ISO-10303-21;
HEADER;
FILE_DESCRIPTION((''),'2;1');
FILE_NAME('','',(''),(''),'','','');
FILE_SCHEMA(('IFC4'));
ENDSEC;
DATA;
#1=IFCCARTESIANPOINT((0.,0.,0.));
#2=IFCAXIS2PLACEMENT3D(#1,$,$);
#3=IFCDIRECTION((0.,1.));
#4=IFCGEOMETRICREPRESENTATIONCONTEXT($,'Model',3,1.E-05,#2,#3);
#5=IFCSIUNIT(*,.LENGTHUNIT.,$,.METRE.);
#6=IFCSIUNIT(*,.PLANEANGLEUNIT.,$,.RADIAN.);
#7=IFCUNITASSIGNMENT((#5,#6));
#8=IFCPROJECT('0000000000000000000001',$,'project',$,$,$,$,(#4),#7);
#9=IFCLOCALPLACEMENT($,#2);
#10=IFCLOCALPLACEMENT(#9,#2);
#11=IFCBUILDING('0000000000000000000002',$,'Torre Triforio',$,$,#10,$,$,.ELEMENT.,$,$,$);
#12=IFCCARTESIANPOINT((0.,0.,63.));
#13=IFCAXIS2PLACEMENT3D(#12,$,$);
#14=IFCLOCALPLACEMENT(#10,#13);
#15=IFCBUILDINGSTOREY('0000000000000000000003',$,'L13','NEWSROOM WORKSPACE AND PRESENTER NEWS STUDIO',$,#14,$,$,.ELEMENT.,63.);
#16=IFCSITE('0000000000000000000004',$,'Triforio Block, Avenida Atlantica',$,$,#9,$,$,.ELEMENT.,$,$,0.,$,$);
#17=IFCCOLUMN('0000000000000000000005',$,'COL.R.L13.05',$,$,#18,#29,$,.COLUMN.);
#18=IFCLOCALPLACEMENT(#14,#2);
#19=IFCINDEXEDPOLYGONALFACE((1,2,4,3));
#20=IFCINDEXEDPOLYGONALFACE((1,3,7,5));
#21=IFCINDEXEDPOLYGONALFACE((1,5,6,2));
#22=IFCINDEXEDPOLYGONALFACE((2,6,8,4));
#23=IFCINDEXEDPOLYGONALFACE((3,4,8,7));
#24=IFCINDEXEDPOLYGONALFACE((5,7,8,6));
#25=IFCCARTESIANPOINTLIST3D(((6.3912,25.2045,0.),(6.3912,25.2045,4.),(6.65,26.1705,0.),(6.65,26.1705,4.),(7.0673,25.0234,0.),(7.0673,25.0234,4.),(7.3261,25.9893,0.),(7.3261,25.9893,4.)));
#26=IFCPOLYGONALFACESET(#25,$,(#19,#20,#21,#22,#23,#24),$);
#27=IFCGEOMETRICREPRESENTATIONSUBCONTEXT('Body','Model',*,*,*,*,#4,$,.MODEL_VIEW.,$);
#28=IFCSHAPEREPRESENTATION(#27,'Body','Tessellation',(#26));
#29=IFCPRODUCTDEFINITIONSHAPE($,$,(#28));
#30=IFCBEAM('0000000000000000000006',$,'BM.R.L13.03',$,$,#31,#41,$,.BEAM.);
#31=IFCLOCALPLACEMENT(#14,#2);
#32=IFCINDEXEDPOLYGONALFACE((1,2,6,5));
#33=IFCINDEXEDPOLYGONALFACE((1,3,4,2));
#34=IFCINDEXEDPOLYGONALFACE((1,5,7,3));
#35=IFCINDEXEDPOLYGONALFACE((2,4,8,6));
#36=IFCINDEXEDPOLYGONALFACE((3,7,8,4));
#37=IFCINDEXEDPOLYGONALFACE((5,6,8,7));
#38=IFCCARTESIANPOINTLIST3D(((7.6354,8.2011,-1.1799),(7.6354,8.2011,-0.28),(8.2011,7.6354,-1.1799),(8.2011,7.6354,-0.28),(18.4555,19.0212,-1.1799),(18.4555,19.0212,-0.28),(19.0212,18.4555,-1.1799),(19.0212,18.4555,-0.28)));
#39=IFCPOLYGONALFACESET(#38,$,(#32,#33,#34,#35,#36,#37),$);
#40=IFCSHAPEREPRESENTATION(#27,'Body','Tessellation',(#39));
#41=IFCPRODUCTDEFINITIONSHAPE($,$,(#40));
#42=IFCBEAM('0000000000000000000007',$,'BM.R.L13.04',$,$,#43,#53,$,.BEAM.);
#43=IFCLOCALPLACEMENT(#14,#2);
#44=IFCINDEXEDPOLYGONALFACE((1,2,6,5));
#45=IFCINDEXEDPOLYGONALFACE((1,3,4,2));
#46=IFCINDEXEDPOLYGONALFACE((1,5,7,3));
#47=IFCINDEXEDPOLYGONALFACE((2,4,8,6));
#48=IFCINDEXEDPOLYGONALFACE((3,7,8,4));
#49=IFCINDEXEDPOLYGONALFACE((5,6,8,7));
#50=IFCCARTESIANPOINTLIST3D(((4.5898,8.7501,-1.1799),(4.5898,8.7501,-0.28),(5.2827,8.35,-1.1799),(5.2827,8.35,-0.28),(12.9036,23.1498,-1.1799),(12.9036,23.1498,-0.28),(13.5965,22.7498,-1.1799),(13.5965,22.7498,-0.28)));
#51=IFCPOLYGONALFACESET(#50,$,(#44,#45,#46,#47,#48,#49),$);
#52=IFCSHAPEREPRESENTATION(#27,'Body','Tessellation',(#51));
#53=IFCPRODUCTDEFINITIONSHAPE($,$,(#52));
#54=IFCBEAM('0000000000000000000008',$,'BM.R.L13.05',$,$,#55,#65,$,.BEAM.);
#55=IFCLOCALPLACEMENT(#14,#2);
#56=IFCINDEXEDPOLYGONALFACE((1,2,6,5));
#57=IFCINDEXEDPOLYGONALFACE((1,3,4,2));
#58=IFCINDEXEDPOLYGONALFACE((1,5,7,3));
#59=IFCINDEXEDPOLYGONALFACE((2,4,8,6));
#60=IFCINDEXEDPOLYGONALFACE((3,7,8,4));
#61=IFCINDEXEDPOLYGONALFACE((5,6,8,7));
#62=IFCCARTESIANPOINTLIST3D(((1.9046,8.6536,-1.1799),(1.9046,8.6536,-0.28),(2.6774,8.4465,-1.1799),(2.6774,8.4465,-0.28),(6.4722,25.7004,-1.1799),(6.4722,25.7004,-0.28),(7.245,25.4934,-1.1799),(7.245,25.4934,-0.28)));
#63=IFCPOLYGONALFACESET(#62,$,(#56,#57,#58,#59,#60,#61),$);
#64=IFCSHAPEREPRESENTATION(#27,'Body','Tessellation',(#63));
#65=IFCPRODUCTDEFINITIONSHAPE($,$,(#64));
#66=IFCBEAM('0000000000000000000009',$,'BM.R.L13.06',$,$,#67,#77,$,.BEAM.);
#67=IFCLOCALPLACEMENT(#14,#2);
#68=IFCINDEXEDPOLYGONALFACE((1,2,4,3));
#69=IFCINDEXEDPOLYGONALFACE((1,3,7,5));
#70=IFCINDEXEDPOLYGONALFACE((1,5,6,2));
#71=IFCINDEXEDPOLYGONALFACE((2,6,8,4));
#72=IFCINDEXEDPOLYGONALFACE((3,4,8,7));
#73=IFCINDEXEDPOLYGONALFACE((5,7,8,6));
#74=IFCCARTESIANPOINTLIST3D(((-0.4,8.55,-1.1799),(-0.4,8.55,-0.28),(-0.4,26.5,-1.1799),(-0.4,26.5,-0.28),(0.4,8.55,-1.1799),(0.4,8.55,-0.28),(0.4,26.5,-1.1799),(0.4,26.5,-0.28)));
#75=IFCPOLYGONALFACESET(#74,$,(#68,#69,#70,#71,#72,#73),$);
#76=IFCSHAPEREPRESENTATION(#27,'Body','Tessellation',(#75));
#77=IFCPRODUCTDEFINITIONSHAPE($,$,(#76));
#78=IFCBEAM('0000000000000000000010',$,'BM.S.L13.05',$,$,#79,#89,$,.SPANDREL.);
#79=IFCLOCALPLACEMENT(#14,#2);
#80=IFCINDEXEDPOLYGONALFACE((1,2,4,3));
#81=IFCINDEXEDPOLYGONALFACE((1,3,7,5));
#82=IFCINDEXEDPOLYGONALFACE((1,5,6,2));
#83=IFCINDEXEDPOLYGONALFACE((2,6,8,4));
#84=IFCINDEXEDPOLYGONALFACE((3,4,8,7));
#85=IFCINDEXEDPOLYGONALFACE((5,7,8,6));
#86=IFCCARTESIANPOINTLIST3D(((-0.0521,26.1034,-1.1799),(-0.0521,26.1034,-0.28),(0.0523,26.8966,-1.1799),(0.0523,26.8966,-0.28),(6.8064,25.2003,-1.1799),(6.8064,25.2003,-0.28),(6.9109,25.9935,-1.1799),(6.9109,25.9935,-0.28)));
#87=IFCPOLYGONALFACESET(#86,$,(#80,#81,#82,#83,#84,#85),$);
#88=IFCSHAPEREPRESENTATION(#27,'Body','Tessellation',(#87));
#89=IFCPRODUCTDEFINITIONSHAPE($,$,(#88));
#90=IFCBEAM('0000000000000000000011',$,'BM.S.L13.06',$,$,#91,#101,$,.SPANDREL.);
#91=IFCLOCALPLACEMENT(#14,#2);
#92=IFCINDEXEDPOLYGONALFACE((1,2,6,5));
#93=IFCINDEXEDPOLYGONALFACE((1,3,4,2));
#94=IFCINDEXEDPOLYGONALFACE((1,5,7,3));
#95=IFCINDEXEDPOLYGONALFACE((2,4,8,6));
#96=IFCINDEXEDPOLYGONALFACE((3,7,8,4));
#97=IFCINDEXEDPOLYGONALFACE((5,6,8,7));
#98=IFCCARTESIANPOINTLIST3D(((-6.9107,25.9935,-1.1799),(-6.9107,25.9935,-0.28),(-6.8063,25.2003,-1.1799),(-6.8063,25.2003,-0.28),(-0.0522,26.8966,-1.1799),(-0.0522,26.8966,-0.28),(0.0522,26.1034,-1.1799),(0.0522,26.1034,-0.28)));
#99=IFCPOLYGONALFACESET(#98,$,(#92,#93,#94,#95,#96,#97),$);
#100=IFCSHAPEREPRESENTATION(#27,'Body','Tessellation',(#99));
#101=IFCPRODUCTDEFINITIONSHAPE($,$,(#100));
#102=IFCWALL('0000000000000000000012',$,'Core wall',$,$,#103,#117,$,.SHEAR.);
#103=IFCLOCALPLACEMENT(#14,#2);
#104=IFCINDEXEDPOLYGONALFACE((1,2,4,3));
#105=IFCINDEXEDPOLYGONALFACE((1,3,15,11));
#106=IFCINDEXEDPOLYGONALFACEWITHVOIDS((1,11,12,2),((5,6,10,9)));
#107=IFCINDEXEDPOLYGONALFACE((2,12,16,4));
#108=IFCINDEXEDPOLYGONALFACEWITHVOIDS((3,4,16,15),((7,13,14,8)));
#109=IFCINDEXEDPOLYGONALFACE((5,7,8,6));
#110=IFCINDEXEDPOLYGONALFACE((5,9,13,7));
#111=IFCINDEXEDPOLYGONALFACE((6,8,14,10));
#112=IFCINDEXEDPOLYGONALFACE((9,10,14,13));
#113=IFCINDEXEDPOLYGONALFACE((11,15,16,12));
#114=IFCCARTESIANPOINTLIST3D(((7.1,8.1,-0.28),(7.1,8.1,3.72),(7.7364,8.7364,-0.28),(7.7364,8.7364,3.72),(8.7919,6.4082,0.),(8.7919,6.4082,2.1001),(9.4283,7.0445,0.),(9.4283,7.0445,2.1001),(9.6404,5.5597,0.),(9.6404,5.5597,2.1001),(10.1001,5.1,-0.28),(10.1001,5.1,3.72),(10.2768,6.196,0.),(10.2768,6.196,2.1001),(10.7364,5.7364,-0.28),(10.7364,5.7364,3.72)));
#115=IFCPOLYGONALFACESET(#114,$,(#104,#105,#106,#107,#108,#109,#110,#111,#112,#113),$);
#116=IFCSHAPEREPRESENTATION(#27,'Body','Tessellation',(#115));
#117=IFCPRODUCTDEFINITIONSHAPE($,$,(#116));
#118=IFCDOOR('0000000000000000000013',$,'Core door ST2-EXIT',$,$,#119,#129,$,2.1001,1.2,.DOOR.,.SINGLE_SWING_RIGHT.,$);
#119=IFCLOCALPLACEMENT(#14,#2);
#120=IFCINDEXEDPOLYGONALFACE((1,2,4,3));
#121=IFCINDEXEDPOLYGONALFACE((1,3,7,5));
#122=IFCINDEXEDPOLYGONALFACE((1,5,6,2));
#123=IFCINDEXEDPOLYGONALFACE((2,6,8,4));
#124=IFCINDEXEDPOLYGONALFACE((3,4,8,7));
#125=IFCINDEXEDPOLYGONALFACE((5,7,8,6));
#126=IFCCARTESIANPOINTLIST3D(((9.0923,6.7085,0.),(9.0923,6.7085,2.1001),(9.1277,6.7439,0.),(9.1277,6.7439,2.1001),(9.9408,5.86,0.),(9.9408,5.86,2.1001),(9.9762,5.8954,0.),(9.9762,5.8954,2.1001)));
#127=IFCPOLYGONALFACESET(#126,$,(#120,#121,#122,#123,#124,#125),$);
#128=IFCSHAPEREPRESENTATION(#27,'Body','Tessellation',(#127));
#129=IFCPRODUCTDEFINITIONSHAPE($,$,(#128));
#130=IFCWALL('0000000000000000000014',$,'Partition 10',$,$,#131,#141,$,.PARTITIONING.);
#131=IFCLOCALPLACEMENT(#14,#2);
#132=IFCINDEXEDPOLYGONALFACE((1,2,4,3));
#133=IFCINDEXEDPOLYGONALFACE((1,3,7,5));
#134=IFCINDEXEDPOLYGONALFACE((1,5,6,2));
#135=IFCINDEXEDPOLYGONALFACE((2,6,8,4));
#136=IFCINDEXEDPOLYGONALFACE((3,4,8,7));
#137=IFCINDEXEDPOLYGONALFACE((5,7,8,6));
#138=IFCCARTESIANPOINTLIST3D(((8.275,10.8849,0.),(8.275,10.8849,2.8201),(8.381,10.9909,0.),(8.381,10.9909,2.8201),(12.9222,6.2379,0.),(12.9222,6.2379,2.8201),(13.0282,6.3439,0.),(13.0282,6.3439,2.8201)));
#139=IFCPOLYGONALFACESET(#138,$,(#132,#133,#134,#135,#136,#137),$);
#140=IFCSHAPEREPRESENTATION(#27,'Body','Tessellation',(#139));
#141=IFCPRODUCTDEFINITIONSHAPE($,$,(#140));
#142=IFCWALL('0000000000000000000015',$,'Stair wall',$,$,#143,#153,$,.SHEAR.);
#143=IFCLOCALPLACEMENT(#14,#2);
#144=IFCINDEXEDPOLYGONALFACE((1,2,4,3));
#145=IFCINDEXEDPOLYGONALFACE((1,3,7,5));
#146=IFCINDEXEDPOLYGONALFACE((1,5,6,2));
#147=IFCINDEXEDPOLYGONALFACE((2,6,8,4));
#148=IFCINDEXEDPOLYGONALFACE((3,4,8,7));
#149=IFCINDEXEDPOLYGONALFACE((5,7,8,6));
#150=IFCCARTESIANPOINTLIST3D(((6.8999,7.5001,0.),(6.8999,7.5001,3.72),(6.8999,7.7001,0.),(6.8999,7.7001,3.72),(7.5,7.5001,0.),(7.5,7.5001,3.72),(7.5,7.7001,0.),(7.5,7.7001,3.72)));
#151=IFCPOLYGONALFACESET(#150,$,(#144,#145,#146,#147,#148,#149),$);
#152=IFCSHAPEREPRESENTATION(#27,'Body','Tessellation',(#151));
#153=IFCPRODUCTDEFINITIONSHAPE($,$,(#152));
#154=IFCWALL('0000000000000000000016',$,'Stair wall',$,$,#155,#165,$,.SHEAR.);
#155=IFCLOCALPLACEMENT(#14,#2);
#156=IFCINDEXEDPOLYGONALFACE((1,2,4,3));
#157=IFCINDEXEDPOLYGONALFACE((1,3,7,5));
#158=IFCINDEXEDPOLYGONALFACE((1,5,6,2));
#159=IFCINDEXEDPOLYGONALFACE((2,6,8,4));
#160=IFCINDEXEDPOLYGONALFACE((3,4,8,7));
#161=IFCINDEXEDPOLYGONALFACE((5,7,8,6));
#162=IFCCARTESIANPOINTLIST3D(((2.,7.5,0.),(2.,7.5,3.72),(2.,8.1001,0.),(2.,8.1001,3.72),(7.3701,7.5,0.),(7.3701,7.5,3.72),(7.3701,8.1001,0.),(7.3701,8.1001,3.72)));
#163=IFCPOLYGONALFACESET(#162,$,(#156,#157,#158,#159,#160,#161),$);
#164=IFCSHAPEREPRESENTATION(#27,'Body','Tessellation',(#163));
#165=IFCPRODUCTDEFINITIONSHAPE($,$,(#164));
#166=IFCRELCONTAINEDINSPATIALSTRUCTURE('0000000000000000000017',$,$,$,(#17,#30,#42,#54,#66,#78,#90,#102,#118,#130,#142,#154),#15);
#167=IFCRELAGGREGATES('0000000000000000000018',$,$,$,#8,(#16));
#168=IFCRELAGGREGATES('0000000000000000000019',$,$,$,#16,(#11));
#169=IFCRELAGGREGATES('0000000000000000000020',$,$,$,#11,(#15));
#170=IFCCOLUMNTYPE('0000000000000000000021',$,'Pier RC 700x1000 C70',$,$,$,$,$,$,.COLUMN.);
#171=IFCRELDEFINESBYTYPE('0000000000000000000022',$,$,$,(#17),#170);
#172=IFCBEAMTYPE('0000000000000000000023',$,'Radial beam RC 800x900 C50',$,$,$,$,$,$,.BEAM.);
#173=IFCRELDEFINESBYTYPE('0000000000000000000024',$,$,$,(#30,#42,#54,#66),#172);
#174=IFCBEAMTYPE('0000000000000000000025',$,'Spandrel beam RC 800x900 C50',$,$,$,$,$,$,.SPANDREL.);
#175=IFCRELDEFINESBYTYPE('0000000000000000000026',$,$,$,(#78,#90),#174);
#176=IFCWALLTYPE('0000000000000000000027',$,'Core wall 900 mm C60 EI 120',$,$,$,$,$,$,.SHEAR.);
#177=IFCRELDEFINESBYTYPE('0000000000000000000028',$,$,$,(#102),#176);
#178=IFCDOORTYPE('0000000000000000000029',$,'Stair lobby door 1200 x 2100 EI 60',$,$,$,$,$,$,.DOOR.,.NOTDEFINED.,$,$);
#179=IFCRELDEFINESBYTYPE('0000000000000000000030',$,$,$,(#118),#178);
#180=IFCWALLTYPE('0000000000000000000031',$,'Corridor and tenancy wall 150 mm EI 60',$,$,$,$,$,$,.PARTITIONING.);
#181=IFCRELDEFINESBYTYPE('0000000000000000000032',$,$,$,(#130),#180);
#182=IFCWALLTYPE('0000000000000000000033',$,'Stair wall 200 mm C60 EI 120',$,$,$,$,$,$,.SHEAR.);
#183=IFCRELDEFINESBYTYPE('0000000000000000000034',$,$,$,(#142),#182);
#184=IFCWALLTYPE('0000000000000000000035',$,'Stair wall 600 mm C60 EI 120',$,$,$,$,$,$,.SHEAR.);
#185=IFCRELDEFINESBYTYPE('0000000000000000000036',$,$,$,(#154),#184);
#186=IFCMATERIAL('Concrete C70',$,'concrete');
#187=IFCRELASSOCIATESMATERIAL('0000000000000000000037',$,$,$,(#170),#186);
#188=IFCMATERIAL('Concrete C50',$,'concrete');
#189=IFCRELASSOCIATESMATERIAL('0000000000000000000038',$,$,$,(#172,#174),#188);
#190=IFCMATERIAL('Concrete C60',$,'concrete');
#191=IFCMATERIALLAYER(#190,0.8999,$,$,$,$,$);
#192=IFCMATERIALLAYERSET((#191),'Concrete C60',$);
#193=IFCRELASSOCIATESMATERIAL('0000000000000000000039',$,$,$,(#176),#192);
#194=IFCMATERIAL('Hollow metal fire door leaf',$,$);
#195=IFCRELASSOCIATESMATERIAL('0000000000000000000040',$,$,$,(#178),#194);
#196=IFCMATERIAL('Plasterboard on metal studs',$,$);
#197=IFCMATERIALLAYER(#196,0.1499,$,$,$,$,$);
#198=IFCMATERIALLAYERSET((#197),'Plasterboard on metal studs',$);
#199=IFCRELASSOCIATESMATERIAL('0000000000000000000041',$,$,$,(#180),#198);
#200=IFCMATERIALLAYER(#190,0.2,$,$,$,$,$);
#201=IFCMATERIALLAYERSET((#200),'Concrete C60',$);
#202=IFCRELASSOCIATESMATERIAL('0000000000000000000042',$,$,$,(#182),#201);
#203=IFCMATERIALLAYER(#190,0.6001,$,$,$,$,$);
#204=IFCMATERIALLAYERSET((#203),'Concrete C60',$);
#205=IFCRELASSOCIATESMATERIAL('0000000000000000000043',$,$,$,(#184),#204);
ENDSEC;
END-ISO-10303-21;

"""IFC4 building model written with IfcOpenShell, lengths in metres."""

from ifc_helpers import new_model, si_unit, direction, frame, frame_2d, origin, origin_2d, place, context, subcontext, project, spatial, rectangle, extrude, material, layer, layer_set, material_profile, profile_set, type_object, element, fill, save


model = new_model("IFC4")

# Units and contexts
model_context = context("Model", 3, precision=1e-05, world=origin(), true_north=direction((0.0, 1.0)))
body_context = subcontext(model_context, "Body", "Model", "MODEL_VIEW")
ifc_project = project(units=[si_unit("LENGTHUNIT", "METRE"), si_unit("PLANEANGLEUNIT", "RADIAN")], contexts=[model_context])

# Site, building, storey
site_placement = place(None, origin())
site = spatial("IfcSite", under=ifc_project, at=site_placement, Name="Triforio Block, Avenida Atlantica", CompositionType="ELEMENT", RefElevation=0.0)
building_placement = place(site_placement, origin())
building = spatial("IfcBuilding", under=site, at=building_placement, Name="Torre Triforio", CompositionType="ELEMENT")
storey_placement = place(building_placement, frame((0.0, 0.0, 63.0)))
storey = spatial("IfcBuildingStorey", under=building, at=storey_placement, Name="L13", Description="NEWSROOM WORKSPACE AND PRESENTER NEWS STUDIO", CompositionType="ELEMENT", Elevation=63.0)

# Column
ifc_material_1 = material(Name="Concrete C70", Category="concrete")
ifc_material_profile_1 = material_profile(ifc_material_1, rectangle(XDim=0.7, YDim=1.0, at=origin_2d()), Name="RC 700x1000")
ifc_profile_set_1 = profile_set([ifc_material_profile_1], Name="Concrete C70")
column_type = type_object("IfcColumnType", Name="Pier RC 700x1000 C70", PredefinedType="COLUMN", material=ifc_profile_set_1)
column_placement = place(storey_placement, frame((6.8586, 25.5969, 0.0), z_axis=(0.0, 0.0, 1.0), x_axis=(-0.965926, 0.258819, 0.0)))
element("IfcColumn", 1, at=column_placement, inside=storey, type_object=column_type, Name="COL.R.L13.05", PredefinedType="COLUMN", context=body_context, shape_type="SweptSolid", body=[
    extrude(rectangle(XDim=0.7, YDim=1.0, at=origin_2d()), origin(), (0.0, 0.0, 1.0), 4.0),
])

# Beams
ifc_material_2 = material(Name="Concrete C50", Category="concrete")
ifc_material_profile_2 = material_profile(ifc_material_2, rectangle(XDim=0.8, YDim=0.8999, at=origin_2d()), Name="RC 800x900")
ifc_profile_set_2 = profile_set([ifc_material_profile_2], Name="Concrete C50")
beam_type_1 = type_object("IfcBeamType", Name="Radial beam RC 800x900 C50", PredefinedType="BEAM", material=ifc_profile_set_2)
beam_1_placement = place(storey_placement, frame((7.9182, 7.9182, -0.73), z_axis=(0.707107, 0.707107, 0.0), x_axis=(-0.707107, 0.707107, 0.0)))
element("IfcBeam", 2, at=beam_1_placement, inside=storey, type_object=beam_type_1, Name="BM.R.L13.03", PredefinedType="BEAM", context=body_context, shape_type="SweptSolid", body=[
    extrude(rectangle(XDim=0.8, YDim=0.8999, at=origin_2d()), origin(), (0.0, 0.0, 1.0), 15.302),
])
beam_2_placement = place(storey_placement, frame((4.9363, 8.55, -0.73), z_axis=(0.500003, 0.866023, 0.0), x_axis=(-0.866023, 0.500003, 0.0)))
element("IfcBeam", 3, at=beam_2_placement, inside=storey, type_object=beam_type_1, Name="BM.R.L13.04", PredefinedType="BEAM", context=body_context, shape_type="SweptSolid", body=[
    extrude(rectangle(XDim=0.8, YDim=0.8999, at=origin_2d()), origin(), (0.0, 0.0, 1.0), 16.6274),
])
beam_3_placement = place(storey_placement, frame((2.291, 8.55, -0.73), z_axis=(0.258815, 0.965927, 0.0), x_axis=(-0.965927, 0.258815, 0.0)))
element("IfcBeam", 4, at=beam_3_placement, inside=storey, type_object=beam_type_1, Name="BM.R.L13.05", PredefinedType="BEAM", context=body_context, shape_type="SweptSolid", body=[
    extrude(rectangle(XDim=0.8, YDim=0.8999, at=origin_2d()), origin(), (0.0, 0.0, 1.0), 17.6482),
])
beam_4_placement = place(storey_placement, frame((0.0, 8.55, -0.73), z_axis=(0.0, 1.0, 0.0), x_axis=(-1.0, 0.0, 0.0)))
element("IfcBeam", 5, at=beam_4_placement, inside=storey, type_object=beam_type_1, Name="BM.R.L13.06", PredefinedType="BEAM", context=body_context, shape_type="SweptSolid", body=[
    extrude(rectangle(XDim=0.8, YDim=0.8999, at=origin_2d()), origin(), (0.0, 0.0, 1.0), 17.95),
])
ifc_material_profile_3 = material_profile(ifc_material_2, rectangle(XDim=0.8, YDim=0.8999, at=origin_2d()), Name="RC 800x900")
ifc_profile_set_3 = profile_set([ifc_material_profile_3], Name="Concrete C50")
beam_type_2 = type_object("IfcBeamType", Name="Spandrel beam RC 800x900 C50", PredefinedType="SPANDREL", material=ifc_profile_set_3)
for number, where, z_axis, x_axis, name in (
    (6, (6.8586, 25.5969, -0.73), (-0.991443, 0.130543, 0.0), (-0.130543, -0.991443, 0.0), "BM.S.L13.05"),
    (7, (0.0, 26.5, -0.73), (-0.991443, -0.130543, 0.0), (0.130543, -0.991443, 0.0), "BM.S.L13.06"),
):
    element("IfcBeam", number, at=place(storey_placement, frame(where, z_axis=z_axis, x_axis=x_axis)), inside=storey, type_object=beam_type_2, Name=name, PredefinedType="SPANDREL", context=body_context, shape_type="SweptSolid", body=[
        extrude(rectangle(XDim=0.8, YDim=0.8999, at=origin_2d()), origin(), (0.0, 0.0, 1.0), 6.9177),
    ])

# Wall, opening, door
ifc_material_3 = material(Name="Concrete C60", Category="concrete")
ifc_layer_1 = layer(ifc_material_3, 0.8999)
ifc_layer_set_1 = layer_set([ifc_layer_1], Name="Concrete C60")
wall_type_1 = type_object("IfcWallType", Name="Core wall 900 mm C60 EI 120", PredefinedType="SHEAR", material=ifc_layer_set_1)
wall_1_placement = place(storey_placement, frame((7.4182, 8.4182, -0.28), z_axis=(0.0, 0.0, 1.0), x_axis=(0.707107, -0.707107, 0.0)))
wall_1 = element("IfcWall", 8, at=wall_1_placement, inside=storey, type_object=wall_type_1, Name="Core wall", PredefinedType="SHEAR", context=body_context, shape_type="SweptSolid", body=[
    extrude(rectangle(XDim=4.2427, YDim=0.8999, at=frame_2d((2.1213, 0.0))), origin(), (0.0, 0.0, 1.0), 4.0),
])
opening_1_placement = place(wall_1_placement, frame((2.3926, 0.0, 0.28)))
opening_1 = element("IfcOpeningElement", 9, at=opening_1_placement, cuts=wall_1, PredefinedType="OPENING", context=body_context, shape_type="SweptSolid", body=[
    extrude(rectangle(XDim=1.2, YDim=2.1001, at=frame_2d((0.6001, 1.05))), frame((0.0, 0.46, 0.0), z_axis=(0.0, -1.0, 0.0), x_axis=(1.0, 0.0, 0.0)), (0.0, 0.0, 1.0), 0.9199),
])
ifc_material_4 = material(Name="Hollow metal fire door leaf")
door_type_1 = type_object("IfcDoorType", Name="Stair lobby door 1200 x 2100 EI 60", OperationType="NOTDEFINED", PredefinedType="DOOR", material=ifc_material_4)
door_1_placement = place(opening_1_placement, origin())
door_1 = element("IfcDoor", 10, at=door_1_placement, inside=storey, type_object=door_type_1, Name="Core door ST2-EXIT", OperationType="SINGLE_SWING_RIGHT", OverallHeight=2.1001, OverallWidth=1.2, PredefinedType="DOOR", context=body_context, shape_type="SweptSolid", body=[
    extrude(rectangle(XDim=1.2, YDim=2.1001, at=frame_2d((0.6001, 1.05))), frame((0.0, 0.0249, 0.0), z_axis=(0.0, -1.0, 0.0), x_axis=(1.0, 0.0, 0.0)), (0.0, 0.0, 1.0), 0.05),
])
fill(opening_1, door_1)

# Walls
ifc_material_5 = material(Name="Plasterboard on metal studs")
ifc_layer_2 = layer(ifc_material_5, 0.1499)
ifc_layer_set_2 = layer_set([ifc_layer_2], Name="Plasterboard on metal studs")
wall_type_2 = type_object("IfcWallType", Name="Corridor and tenancy wall 150 mm EI 60", PredefinedType="PARTITIONING", material=ifc_layer_set_2)
wall_2_placement = place(storey_placement, frame((8.3279, 10.938, 0.0), z_axis=(0.0, 0.0, 1.0), x_axis=(0.707125, -0.707088, 0.0)))
element("IfcWall", 11, at=wall_2_placement, inside=storey, type_object=wall_type_2, Name="Partition 10", PredefinedType="PARTITIONING", context=body_context, shape_type="SweptSolid", body=[
    extrude(rectangle(XDim=6.572, YDim=0.1499, at=frame_2d((3.2861, 0.0))), origin(), (0.0, 0.0, 1.0), 2.8201),
])
ifc_layer_3 = layer(ifc_material_3, 0.2)
ifc_layer_set_3 = layer_set([ifc_layer_3], Name="Concrete C60")
wall_type_3 = type_object("IfcWallType", Name="Stair wall 200 mm C60 EI 120", PredefinedType="SHEAR", material=ifc_layer_set_3)
wall_3_placement = place(storey_placement, frame((6.8999, 7.6001, 0.0), z_axis=(0.0, 0.0, 1.0), x_axis=(1.0, 0.0, 0.0)))
element("IfcWall", 12, at=wall_3_placement, inside=storey, type_object=wall_type_3, Name="Stair wall", PredefinedType="SHEAR", context=body_context, shape_type="SweptSolid", body=[
    extrude(rectangle(XDim=0.6001, YDim=0.2, at=frame_2d((0.3, 0.0))), origin(), (0.0, 0.0, 1.0), 3.72),
])
ifc_layer_4 = layer(ifc_material_3, 0.6001)
ifc_layer_set_4 = layer_set([ifc_layer_4], Name="Concrete C60")
wall_type_4 = type_object("IfcWallType", Name="Stair wall 600 mm C60 EI 120", PredefinedType="SHEAR", material=ifc_layer_set_4)
wall_4_placement = place(storey_placement, frame((2.0, 7.8, 0.0), z_axis=(0.0, 0.0, 1.0), x_axis=(1.0, 0.0, 0.0)))
element("IfcWall", 13, at=wall_4_placement, inside=storey, type_object=wall_type_4, Name="Stair wall", PredefinedType="SHEAR", context=body_context, shape_type="SweptSolid", body=[
    extrude(rectangle(XDim=5.3701, YDim=0.6001, at=frame_2d((2.6851, 0.0))), origin(), (0.0, 0.0, 1.0), 3.72),
])

save(model, "model.ifc")
